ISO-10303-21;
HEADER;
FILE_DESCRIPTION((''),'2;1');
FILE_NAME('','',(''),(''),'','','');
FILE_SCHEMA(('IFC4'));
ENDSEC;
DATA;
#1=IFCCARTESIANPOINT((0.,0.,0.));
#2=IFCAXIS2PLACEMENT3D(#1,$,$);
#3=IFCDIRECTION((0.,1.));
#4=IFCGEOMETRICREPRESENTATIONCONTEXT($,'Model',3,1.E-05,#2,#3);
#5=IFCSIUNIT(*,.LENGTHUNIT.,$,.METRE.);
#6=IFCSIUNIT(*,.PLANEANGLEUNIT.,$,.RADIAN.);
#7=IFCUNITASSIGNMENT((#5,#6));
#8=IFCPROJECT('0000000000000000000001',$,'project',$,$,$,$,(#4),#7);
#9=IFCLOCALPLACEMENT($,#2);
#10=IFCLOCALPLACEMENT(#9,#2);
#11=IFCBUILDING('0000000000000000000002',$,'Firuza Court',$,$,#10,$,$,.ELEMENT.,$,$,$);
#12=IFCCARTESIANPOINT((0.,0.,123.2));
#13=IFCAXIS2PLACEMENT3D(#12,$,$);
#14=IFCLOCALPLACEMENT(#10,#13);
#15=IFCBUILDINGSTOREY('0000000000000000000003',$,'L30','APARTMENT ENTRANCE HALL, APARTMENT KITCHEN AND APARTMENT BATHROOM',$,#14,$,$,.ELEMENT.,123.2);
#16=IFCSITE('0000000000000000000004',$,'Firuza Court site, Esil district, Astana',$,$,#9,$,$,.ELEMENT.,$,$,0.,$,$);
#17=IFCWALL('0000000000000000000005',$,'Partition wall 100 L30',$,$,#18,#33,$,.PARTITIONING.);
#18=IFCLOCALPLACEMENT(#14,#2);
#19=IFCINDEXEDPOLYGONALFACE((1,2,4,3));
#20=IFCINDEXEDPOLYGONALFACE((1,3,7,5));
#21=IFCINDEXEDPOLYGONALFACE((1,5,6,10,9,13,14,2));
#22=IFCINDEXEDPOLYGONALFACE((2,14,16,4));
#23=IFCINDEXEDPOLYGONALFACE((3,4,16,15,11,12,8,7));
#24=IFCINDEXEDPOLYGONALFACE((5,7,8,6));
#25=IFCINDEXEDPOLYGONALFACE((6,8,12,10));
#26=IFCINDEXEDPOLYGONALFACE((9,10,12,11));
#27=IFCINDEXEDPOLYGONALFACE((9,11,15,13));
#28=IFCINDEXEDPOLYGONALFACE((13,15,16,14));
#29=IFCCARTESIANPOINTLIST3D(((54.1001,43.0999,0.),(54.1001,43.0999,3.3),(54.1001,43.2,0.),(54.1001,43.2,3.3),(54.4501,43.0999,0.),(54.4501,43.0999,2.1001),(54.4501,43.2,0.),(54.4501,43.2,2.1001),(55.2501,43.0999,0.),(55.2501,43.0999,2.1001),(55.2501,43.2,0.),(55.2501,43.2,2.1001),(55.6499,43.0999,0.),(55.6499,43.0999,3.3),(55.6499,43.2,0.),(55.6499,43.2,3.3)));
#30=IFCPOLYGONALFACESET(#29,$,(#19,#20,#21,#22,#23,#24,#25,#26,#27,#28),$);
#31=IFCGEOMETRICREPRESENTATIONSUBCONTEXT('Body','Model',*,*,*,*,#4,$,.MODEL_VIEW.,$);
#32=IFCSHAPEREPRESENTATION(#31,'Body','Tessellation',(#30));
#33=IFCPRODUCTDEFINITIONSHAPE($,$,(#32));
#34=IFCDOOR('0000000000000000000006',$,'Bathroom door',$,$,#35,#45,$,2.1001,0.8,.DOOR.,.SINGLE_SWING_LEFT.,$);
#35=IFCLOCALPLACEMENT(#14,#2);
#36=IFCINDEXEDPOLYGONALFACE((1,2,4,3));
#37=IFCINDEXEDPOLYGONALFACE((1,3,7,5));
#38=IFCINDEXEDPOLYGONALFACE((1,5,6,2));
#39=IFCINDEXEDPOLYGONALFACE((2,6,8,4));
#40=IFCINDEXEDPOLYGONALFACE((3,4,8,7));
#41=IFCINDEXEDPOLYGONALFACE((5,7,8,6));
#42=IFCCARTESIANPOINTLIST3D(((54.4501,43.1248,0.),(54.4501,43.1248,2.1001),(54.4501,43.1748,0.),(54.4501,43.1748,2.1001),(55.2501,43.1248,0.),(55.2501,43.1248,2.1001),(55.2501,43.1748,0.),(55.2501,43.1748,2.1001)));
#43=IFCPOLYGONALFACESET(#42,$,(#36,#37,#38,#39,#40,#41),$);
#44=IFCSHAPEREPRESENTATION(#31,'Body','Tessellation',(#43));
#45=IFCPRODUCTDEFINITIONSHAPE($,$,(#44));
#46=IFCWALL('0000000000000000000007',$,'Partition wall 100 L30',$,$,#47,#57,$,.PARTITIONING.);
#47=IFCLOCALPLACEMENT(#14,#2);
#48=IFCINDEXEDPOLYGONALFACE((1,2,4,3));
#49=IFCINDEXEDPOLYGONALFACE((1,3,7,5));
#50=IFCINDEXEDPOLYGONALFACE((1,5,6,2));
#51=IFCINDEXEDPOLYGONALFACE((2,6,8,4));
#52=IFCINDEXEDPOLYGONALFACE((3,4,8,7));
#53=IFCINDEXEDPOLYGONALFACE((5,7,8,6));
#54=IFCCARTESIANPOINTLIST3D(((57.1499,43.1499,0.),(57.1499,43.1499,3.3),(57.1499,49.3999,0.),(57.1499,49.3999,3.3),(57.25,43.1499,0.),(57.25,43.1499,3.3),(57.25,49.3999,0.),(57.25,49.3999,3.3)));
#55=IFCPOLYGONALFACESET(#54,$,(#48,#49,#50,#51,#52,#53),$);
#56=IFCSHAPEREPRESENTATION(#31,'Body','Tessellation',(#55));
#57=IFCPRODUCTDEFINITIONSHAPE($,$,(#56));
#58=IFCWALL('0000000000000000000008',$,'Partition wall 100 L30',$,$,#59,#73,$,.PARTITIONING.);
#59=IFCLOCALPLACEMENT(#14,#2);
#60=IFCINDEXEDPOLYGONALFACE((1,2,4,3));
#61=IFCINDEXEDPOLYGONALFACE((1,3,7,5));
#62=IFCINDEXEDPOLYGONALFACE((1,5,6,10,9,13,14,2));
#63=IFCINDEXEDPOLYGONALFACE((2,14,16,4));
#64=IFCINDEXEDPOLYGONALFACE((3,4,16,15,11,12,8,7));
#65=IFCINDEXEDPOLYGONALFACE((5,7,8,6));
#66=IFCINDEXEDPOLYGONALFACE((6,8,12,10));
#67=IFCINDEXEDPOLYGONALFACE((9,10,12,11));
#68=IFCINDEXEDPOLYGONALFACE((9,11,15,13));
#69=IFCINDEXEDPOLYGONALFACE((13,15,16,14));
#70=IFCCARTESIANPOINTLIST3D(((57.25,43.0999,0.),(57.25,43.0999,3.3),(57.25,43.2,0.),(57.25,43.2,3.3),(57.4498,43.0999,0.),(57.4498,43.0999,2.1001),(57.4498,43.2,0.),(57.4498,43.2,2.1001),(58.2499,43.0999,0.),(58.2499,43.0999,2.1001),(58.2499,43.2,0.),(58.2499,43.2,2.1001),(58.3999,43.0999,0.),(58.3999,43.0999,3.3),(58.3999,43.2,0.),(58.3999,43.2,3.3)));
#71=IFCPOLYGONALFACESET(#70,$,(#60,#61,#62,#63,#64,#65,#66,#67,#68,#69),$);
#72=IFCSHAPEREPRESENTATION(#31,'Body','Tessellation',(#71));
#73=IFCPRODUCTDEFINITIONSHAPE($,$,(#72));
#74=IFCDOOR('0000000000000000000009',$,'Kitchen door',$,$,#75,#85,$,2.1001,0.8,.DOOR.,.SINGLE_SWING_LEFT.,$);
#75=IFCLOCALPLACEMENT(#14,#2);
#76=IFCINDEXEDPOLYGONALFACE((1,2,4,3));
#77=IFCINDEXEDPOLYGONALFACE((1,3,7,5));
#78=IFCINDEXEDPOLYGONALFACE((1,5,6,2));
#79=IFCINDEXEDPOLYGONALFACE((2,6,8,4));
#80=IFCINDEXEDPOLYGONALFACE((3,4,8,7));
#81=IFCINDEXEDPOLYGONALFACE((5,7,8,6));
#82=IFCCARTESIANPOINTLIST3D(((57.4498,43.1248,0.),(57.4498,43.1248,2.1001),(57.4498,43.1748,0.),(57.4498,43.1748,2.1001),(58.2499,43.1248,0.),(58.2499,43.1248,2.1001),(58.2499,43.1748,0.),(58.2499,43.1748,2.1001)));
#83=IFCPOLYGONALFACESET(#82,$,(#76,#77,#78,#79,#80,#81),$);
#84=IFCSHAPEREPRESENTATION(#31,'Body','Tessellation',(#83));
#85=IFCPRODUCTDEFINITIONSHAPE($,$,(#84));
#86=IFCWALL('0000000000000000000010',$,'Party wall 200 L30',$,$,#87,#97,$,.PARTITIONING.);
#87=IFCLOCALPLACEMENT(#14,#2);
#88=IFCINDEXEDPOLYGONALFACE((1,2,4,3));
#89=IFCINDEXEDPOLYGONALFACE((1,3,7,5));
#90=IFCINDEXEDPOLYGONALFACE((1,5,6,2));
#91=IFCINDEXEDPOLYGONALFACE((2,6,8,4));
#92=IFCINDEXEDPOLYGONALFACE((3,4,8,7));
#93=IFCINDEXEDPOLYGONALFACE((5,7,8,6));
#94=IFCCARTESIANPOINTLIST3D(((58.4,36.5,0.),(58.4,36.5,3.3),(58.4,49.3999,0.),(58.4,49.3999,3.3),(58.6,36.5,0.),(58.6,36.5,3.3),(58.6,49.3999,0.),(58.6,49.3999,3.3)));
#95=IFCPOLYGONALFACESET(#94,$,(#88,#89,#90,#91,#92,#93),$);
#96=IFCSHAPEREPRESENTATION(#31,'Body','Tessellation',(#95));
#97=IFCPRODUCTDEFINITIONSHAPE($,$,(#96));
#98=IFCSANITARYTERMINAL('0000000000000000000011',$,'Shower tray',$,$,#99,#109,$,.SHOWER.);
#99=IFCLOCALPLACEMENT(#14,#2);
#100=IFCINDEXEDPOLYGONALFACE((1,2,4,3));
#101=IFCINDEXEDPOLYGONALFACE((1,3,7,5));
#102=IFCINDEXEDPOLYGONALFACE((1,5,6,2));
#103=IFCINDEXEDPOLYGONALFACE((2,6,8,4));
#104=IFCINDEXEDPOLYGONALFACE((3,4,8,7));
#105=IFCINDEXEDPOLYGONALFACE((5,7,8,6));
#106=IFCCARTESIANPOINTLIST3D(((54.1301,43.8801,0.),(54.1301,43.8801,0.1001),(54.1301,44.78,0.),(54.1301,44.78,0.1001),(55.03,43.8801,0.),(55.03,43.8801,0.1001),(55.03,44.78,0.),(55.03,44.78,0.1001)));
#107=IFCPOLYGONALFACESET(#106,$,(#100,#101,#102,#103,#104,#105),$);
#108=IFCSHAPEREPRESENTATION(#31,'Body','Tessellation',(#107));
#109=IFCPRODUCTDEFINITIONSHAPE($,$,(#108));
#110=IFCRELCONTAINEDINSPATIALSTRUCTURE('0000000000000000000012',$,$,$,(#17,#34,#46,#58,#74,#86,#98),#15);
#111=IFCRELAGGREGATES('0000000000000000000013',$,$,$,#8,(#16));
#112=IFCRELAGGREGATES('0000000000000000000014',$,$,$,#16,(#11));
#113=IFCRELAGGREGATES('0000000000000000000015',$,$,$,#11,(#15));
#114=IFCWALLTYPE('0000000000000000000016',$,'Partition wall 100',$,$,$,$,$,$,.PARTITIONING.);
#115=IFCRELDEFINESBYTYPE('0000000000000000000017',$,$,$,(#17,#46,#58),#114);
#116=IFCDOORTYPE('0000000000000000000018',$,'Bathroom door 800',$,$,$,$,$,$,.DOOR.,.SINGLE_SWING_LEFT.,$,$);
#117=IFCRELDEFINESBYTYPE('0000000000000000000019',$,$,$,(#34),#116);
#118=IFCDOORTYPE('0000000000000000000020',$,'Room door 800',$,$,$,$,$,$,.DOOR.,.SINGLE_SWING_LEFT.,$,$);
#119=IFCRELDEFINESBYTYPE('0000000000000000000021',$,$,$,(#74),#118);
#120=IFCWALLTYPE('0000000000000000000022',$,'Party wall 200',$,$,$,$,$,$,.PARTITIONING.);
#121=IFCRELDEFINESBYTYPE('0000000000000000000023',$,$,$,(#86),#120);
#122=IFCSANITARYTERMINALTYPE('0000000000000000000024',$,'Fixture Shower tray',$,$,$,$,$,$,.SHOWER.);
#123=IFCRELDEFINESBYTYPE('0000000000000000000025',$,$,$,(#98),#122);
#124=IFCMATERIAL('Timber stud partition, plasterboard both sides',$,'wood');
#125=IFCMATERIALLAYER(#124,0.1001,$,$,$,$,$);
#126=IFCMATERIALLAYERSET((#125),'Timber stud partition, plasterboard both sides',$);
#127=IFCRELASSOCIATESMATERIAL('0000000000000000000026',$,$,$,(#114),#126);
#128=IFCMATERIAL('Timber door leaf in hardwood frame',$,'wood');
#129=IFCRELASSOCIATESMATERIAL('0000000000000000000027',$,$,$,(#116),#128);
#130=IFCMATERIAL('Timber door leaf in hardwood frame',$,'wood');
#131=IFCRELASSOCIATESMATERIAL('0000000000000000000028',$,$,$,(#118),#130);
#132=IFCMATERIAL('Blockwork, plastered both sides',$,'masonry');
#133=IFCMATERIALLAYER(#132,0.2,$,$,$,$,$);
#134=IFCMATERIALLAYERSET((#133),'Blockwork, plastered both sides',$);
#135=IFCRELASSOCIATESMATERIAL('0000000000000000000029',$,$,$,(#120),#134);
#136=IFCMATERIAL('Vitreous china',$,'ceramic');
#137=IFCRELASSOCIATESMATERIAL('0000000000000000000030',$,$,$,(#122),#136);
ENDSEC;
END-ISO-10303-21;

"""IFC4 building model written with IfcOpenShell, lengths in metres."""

from ifc_helpers import new_model, si_unit, direction, frame, frame_2d, origin, origin_2d, place, context, subcontext, project, spatial, rectangle, extrude, material, layer, layer_set, type_object, element, fill, save


model = new_model("IFC4")

# Units and contexts
model_context = context("Model", 3, precision=1e-05, world=origin(), true_north=direction((0.0, 1.0)))
body_context = subcontext(model_context, "Body", "Model", "MODEL_VIEW")
ifc_project = project(units=[si_unit("LENGTHUNIT", "METRE"), si_unit("PLANEANGLEUNIT", "RADIAN")], contexts=[model_context])

# Site, building, storey
site_placement = place(None, origin())
site = spatial("IfcSite", under=ifc_project, at=site_placement, Name="Firuza Court site, Esil district, Astana", CompositionType="ELEMENT", RefElevation=0.0)
building_placement = place(site_placement, origin())
building = spatial("IfcBuilding", under=site, at=building_placement, Name="Firuza Court", CompositionType="ELEMENT")
storey_placement = place(building_placement, frame((0.0, 0.0, 123.2)))
storey = spatial("IfcBuildingStorey", under=building, at=storey_placement, Name="L30", Description="APARTMENT ENTRANCE HALL, APARTMENT KITCHEN AND APARTMENT BATHROOM", CompositionType="ELEMENT", Elevation=123.2)

# Wall, opening, door
ifc_material_1 = material(Name="Blockwork, plastered both sides", Category="masonry")
ifc_material_2 = material(Name="Timber stud partition, plasterboard both sides", Category="wood")
ifc_layer_1 = layer(ifc_material_2, 0.1001)
ifc_layer_set_1 = layer_set([ifc_layer_1], Name="Timber stud partition, plasterboard both sides")
wall_type_1 = type_object("IfcWallType", Name="Partition wall 100", PredefinedType="PARTITIONING", material=ifc_layer_set_1)
wall_1_placement = place(storey_placement, frame((54.1001, 43.1499, 0.0), z_axis=(0.0, 0.0, 1.0), x_axis=(1.0, 0.0, 0.0)))
wall_1 = element("IfcWall", 1, at=wall_1_placement, inside=storey, type_object=wall_type_1, Name="Partition wall 100 L30", PredefinedType="PARTITIONING", context=body_context, shape_type="SweptSolid", body=[
    extrude(rectangle(XDim=1.5498, YDim=0.1001, at=frame_2d((0.7749, 0.0))), origin(), (0.0, 0.0, 1.0), 3.3),
])
opening_1_placement = place(wall_1_placement, frame((0.3501, 0.0, 0.0)))
opening_1 = element("IfcOpeningElement", 2, at=opening_1_placement, cuts=wall_1, PredefinedType="OPENING", context=body_context, shape_type="SweptSolid", body=[
    extrude(rectangle(XDim=0.8, YDim=2.1001, at=frame_2d((0.3999, 1.05))), frame((0.0, 0.062, 0.0), z_axis=(0.0, -1.0, 0.0), x_axis=(1.0, 0.0, 0.0)), (0.0, 0.0, 1.0), 0.124),
])
ifc_material_3 = material(Name="Timber door leaf in hardwood frame", Category="wood")
door_type_1 = type_object("IfcDoorType", Name="Bathroom door 800", OperationType="SINGLE_SWING_LEFT", PredefinedType="DOOR", material=ifc_material_3)
door_1_placement = place(opening_1_placement, origin())
door_1 = element("IfcDoor", 3, at=door_1_placement, inside=storey, type_object=door_type_1, Name="Bathroom door", OperationType="SINGLE_SWING_LEFT", OverallHeight=2.1001, OverallWidth=0.8, PredefinedType="DOOR", context=body_context, shape_type="SweptSolid", body=[
    extrude(rectangle(XDim=0.8, YDim=2.1001, at=frame_2d((0.3999, 1.05))), frame((0.0, 0.0249, 0.0), z_axis=(0.0, -1.0, 0.0), x_axis=(1.0, 0.0, 0.0)), (0.0, 0.0, 1.0), 0.05),
])
fill(opening_1, door_1)

# Wall
wall_2_placement = place(storey_placement, frame((57.2, 43.1499, 0.0), z_axis=(0.0, 0.0, 1.0), x_axis=(0.0, 1.0, 0.0)))
element("IfcWall", 4, at=wall_2_placement, inside=storey, type_object=wall_type_1, Name="Partition wall 100 L30", PredefinedType="PARTITIONING", context=body_context, shape_type="SweptSolid", body=[
    extrude(rectangle(XDim=6.25, YDim=0.1001, at=frame_2d((3.125, 0.0))), origin(), (0.0, 0.0, 1.0), 3.3),
])

# Wall, opening, door
wall_3_placement = place(storey_placement, frame((57.25, 43.1499, 0.0), z_axis=(0.0, 0.0, 1.0), x_axis=(1.0, 0.0, 0.0)))
wall_3 = element("IfcWall", 5, at=wall_3_placement, inside=storey, type_object=wall_type_1, Name="Partition wall 100 L30", PredefinedType="PARTITIONING", context=body_context, shape_type="SweptSolid", body=[
    extrude(rectangle(XDim=1.1499, YDim=0.1001, at=frame_2d((0.575, 0.0))), origin(), (0.0, 0.0, 1.0), 3.3),
])
opening_2_placement = place(wall_3_placement, frame((0.2, 0.0, 0.0)))
opening_2 = element("IfcOpeningElement", 6, at=opening_2_placement, cuts=wall_3, PredefinedType="OPENING", context=body_context, shape_type="SweptSolid", body=[
    extrude(rectangle(XDim=0.8, YDim=2.1001, at=frame_2d((0.3999, 1.05))), frame((0.0, 0.062, 0.0), z_axis=(0.0, -1.0, 0.0), x_axis=(1.0, 0.0, 0.0)), (0.0, 0.0, 1.0), 0.124),
])
ifc_material_4 = material(Name="Timber door leaf in hardwood frame", Category="wood")
door_type_2 = type_object("IfcDoorType", Name="Room door 800", OperationType="SINGLE_SWING_LEFT", PredefinedType="DOOR", material=ifc_material_4)
door_2_placement = place(opening_2_placement, origin())
door_2 = element("IfcDoor", 7, at=door_2_placement, inside=storey, type_object=door_type_2, Name="Kitchen door", OperationType="SINGLE_SWING_LEFT", OverallHeight=2.1001, OverallWidth=0.8, PredefinedType="DOOR", context=body_context, shape_type="SweptSolid", body=[
    extrude(rectangle(XDim=0.8, YDim=2.1001, at=frame_2d((0.3999, 1.05))), frame((0.0, 0.0249, 0.0), z_axis=(0.0, -1.0, 0.0), x_axis=(1.0, 0.0, 0.0)), (0.0, 0.0, 1.0), 0.05),
])
fill(opening_2, door_2)

# Wall
ifc_layer_2 = layer(ifc_material_1, 0.2)
ifc_layer_set_2 = layer_set([ifc_layer_2], Name="Blockwork, plastered both sides")
wall_type_2 = type_object("IfcWallType", Name="Party wall 200", PredefinedType="PARTITIONING", material=ifc_layer_set_2)
wall_4_placement = place(storey_placement, frame((58.5, 36.5, 0.0), z_axis=(0.0, 0.0, 1.0), x_axis=(0.0, 1.0, 0.0)))
element("IfcWall", 8, at=wall_4_placement, inside=storey, type_object=wall_type_2, Name="Party wall 200 L30", PredefinedType="PARTITIONING", context=body_context, shape_type="SweptSolid", body=[
    extrude(rectangle(XDim=12.8999, YDim=0.2, at=frame_2d((6.45, 0.0))), origin(), (0.0, 0.0, 1.0), 3.3),
])

# Sanitary terminal
ifc_material_5 = material(Name="Vitreous china", Category="ceramic")
sanitary_terminal_type = type_object("IfcSanitaryTerminalType", Name="Fixture Shower tray", PredefinedType="SHOWER", material=ifc_material_5)
sanitary_terminal_placement = place(storey_placement, frame((54.5801, 44.3301, 0.0), z_axis=(0.0, 0.0, 1.0), x_axis=(1.0, 0.0, 0.0)))
element("IfcSanitaryTerminal", 9, at=sanitary_terminal_placement, inside=storey, type_object=sanitary_terminal_type, Name="Shower tray", PredefinedType="SHOWER", context=body_context, shape_type="SweptSolid", body=[
    extrude(rectangle(XDim=0.8999, YDim=0.8999, at=origin_2d()), origin(), (0.0, 0.0, 1.0), 0.1001),
])

save(model, "model.ifc")
